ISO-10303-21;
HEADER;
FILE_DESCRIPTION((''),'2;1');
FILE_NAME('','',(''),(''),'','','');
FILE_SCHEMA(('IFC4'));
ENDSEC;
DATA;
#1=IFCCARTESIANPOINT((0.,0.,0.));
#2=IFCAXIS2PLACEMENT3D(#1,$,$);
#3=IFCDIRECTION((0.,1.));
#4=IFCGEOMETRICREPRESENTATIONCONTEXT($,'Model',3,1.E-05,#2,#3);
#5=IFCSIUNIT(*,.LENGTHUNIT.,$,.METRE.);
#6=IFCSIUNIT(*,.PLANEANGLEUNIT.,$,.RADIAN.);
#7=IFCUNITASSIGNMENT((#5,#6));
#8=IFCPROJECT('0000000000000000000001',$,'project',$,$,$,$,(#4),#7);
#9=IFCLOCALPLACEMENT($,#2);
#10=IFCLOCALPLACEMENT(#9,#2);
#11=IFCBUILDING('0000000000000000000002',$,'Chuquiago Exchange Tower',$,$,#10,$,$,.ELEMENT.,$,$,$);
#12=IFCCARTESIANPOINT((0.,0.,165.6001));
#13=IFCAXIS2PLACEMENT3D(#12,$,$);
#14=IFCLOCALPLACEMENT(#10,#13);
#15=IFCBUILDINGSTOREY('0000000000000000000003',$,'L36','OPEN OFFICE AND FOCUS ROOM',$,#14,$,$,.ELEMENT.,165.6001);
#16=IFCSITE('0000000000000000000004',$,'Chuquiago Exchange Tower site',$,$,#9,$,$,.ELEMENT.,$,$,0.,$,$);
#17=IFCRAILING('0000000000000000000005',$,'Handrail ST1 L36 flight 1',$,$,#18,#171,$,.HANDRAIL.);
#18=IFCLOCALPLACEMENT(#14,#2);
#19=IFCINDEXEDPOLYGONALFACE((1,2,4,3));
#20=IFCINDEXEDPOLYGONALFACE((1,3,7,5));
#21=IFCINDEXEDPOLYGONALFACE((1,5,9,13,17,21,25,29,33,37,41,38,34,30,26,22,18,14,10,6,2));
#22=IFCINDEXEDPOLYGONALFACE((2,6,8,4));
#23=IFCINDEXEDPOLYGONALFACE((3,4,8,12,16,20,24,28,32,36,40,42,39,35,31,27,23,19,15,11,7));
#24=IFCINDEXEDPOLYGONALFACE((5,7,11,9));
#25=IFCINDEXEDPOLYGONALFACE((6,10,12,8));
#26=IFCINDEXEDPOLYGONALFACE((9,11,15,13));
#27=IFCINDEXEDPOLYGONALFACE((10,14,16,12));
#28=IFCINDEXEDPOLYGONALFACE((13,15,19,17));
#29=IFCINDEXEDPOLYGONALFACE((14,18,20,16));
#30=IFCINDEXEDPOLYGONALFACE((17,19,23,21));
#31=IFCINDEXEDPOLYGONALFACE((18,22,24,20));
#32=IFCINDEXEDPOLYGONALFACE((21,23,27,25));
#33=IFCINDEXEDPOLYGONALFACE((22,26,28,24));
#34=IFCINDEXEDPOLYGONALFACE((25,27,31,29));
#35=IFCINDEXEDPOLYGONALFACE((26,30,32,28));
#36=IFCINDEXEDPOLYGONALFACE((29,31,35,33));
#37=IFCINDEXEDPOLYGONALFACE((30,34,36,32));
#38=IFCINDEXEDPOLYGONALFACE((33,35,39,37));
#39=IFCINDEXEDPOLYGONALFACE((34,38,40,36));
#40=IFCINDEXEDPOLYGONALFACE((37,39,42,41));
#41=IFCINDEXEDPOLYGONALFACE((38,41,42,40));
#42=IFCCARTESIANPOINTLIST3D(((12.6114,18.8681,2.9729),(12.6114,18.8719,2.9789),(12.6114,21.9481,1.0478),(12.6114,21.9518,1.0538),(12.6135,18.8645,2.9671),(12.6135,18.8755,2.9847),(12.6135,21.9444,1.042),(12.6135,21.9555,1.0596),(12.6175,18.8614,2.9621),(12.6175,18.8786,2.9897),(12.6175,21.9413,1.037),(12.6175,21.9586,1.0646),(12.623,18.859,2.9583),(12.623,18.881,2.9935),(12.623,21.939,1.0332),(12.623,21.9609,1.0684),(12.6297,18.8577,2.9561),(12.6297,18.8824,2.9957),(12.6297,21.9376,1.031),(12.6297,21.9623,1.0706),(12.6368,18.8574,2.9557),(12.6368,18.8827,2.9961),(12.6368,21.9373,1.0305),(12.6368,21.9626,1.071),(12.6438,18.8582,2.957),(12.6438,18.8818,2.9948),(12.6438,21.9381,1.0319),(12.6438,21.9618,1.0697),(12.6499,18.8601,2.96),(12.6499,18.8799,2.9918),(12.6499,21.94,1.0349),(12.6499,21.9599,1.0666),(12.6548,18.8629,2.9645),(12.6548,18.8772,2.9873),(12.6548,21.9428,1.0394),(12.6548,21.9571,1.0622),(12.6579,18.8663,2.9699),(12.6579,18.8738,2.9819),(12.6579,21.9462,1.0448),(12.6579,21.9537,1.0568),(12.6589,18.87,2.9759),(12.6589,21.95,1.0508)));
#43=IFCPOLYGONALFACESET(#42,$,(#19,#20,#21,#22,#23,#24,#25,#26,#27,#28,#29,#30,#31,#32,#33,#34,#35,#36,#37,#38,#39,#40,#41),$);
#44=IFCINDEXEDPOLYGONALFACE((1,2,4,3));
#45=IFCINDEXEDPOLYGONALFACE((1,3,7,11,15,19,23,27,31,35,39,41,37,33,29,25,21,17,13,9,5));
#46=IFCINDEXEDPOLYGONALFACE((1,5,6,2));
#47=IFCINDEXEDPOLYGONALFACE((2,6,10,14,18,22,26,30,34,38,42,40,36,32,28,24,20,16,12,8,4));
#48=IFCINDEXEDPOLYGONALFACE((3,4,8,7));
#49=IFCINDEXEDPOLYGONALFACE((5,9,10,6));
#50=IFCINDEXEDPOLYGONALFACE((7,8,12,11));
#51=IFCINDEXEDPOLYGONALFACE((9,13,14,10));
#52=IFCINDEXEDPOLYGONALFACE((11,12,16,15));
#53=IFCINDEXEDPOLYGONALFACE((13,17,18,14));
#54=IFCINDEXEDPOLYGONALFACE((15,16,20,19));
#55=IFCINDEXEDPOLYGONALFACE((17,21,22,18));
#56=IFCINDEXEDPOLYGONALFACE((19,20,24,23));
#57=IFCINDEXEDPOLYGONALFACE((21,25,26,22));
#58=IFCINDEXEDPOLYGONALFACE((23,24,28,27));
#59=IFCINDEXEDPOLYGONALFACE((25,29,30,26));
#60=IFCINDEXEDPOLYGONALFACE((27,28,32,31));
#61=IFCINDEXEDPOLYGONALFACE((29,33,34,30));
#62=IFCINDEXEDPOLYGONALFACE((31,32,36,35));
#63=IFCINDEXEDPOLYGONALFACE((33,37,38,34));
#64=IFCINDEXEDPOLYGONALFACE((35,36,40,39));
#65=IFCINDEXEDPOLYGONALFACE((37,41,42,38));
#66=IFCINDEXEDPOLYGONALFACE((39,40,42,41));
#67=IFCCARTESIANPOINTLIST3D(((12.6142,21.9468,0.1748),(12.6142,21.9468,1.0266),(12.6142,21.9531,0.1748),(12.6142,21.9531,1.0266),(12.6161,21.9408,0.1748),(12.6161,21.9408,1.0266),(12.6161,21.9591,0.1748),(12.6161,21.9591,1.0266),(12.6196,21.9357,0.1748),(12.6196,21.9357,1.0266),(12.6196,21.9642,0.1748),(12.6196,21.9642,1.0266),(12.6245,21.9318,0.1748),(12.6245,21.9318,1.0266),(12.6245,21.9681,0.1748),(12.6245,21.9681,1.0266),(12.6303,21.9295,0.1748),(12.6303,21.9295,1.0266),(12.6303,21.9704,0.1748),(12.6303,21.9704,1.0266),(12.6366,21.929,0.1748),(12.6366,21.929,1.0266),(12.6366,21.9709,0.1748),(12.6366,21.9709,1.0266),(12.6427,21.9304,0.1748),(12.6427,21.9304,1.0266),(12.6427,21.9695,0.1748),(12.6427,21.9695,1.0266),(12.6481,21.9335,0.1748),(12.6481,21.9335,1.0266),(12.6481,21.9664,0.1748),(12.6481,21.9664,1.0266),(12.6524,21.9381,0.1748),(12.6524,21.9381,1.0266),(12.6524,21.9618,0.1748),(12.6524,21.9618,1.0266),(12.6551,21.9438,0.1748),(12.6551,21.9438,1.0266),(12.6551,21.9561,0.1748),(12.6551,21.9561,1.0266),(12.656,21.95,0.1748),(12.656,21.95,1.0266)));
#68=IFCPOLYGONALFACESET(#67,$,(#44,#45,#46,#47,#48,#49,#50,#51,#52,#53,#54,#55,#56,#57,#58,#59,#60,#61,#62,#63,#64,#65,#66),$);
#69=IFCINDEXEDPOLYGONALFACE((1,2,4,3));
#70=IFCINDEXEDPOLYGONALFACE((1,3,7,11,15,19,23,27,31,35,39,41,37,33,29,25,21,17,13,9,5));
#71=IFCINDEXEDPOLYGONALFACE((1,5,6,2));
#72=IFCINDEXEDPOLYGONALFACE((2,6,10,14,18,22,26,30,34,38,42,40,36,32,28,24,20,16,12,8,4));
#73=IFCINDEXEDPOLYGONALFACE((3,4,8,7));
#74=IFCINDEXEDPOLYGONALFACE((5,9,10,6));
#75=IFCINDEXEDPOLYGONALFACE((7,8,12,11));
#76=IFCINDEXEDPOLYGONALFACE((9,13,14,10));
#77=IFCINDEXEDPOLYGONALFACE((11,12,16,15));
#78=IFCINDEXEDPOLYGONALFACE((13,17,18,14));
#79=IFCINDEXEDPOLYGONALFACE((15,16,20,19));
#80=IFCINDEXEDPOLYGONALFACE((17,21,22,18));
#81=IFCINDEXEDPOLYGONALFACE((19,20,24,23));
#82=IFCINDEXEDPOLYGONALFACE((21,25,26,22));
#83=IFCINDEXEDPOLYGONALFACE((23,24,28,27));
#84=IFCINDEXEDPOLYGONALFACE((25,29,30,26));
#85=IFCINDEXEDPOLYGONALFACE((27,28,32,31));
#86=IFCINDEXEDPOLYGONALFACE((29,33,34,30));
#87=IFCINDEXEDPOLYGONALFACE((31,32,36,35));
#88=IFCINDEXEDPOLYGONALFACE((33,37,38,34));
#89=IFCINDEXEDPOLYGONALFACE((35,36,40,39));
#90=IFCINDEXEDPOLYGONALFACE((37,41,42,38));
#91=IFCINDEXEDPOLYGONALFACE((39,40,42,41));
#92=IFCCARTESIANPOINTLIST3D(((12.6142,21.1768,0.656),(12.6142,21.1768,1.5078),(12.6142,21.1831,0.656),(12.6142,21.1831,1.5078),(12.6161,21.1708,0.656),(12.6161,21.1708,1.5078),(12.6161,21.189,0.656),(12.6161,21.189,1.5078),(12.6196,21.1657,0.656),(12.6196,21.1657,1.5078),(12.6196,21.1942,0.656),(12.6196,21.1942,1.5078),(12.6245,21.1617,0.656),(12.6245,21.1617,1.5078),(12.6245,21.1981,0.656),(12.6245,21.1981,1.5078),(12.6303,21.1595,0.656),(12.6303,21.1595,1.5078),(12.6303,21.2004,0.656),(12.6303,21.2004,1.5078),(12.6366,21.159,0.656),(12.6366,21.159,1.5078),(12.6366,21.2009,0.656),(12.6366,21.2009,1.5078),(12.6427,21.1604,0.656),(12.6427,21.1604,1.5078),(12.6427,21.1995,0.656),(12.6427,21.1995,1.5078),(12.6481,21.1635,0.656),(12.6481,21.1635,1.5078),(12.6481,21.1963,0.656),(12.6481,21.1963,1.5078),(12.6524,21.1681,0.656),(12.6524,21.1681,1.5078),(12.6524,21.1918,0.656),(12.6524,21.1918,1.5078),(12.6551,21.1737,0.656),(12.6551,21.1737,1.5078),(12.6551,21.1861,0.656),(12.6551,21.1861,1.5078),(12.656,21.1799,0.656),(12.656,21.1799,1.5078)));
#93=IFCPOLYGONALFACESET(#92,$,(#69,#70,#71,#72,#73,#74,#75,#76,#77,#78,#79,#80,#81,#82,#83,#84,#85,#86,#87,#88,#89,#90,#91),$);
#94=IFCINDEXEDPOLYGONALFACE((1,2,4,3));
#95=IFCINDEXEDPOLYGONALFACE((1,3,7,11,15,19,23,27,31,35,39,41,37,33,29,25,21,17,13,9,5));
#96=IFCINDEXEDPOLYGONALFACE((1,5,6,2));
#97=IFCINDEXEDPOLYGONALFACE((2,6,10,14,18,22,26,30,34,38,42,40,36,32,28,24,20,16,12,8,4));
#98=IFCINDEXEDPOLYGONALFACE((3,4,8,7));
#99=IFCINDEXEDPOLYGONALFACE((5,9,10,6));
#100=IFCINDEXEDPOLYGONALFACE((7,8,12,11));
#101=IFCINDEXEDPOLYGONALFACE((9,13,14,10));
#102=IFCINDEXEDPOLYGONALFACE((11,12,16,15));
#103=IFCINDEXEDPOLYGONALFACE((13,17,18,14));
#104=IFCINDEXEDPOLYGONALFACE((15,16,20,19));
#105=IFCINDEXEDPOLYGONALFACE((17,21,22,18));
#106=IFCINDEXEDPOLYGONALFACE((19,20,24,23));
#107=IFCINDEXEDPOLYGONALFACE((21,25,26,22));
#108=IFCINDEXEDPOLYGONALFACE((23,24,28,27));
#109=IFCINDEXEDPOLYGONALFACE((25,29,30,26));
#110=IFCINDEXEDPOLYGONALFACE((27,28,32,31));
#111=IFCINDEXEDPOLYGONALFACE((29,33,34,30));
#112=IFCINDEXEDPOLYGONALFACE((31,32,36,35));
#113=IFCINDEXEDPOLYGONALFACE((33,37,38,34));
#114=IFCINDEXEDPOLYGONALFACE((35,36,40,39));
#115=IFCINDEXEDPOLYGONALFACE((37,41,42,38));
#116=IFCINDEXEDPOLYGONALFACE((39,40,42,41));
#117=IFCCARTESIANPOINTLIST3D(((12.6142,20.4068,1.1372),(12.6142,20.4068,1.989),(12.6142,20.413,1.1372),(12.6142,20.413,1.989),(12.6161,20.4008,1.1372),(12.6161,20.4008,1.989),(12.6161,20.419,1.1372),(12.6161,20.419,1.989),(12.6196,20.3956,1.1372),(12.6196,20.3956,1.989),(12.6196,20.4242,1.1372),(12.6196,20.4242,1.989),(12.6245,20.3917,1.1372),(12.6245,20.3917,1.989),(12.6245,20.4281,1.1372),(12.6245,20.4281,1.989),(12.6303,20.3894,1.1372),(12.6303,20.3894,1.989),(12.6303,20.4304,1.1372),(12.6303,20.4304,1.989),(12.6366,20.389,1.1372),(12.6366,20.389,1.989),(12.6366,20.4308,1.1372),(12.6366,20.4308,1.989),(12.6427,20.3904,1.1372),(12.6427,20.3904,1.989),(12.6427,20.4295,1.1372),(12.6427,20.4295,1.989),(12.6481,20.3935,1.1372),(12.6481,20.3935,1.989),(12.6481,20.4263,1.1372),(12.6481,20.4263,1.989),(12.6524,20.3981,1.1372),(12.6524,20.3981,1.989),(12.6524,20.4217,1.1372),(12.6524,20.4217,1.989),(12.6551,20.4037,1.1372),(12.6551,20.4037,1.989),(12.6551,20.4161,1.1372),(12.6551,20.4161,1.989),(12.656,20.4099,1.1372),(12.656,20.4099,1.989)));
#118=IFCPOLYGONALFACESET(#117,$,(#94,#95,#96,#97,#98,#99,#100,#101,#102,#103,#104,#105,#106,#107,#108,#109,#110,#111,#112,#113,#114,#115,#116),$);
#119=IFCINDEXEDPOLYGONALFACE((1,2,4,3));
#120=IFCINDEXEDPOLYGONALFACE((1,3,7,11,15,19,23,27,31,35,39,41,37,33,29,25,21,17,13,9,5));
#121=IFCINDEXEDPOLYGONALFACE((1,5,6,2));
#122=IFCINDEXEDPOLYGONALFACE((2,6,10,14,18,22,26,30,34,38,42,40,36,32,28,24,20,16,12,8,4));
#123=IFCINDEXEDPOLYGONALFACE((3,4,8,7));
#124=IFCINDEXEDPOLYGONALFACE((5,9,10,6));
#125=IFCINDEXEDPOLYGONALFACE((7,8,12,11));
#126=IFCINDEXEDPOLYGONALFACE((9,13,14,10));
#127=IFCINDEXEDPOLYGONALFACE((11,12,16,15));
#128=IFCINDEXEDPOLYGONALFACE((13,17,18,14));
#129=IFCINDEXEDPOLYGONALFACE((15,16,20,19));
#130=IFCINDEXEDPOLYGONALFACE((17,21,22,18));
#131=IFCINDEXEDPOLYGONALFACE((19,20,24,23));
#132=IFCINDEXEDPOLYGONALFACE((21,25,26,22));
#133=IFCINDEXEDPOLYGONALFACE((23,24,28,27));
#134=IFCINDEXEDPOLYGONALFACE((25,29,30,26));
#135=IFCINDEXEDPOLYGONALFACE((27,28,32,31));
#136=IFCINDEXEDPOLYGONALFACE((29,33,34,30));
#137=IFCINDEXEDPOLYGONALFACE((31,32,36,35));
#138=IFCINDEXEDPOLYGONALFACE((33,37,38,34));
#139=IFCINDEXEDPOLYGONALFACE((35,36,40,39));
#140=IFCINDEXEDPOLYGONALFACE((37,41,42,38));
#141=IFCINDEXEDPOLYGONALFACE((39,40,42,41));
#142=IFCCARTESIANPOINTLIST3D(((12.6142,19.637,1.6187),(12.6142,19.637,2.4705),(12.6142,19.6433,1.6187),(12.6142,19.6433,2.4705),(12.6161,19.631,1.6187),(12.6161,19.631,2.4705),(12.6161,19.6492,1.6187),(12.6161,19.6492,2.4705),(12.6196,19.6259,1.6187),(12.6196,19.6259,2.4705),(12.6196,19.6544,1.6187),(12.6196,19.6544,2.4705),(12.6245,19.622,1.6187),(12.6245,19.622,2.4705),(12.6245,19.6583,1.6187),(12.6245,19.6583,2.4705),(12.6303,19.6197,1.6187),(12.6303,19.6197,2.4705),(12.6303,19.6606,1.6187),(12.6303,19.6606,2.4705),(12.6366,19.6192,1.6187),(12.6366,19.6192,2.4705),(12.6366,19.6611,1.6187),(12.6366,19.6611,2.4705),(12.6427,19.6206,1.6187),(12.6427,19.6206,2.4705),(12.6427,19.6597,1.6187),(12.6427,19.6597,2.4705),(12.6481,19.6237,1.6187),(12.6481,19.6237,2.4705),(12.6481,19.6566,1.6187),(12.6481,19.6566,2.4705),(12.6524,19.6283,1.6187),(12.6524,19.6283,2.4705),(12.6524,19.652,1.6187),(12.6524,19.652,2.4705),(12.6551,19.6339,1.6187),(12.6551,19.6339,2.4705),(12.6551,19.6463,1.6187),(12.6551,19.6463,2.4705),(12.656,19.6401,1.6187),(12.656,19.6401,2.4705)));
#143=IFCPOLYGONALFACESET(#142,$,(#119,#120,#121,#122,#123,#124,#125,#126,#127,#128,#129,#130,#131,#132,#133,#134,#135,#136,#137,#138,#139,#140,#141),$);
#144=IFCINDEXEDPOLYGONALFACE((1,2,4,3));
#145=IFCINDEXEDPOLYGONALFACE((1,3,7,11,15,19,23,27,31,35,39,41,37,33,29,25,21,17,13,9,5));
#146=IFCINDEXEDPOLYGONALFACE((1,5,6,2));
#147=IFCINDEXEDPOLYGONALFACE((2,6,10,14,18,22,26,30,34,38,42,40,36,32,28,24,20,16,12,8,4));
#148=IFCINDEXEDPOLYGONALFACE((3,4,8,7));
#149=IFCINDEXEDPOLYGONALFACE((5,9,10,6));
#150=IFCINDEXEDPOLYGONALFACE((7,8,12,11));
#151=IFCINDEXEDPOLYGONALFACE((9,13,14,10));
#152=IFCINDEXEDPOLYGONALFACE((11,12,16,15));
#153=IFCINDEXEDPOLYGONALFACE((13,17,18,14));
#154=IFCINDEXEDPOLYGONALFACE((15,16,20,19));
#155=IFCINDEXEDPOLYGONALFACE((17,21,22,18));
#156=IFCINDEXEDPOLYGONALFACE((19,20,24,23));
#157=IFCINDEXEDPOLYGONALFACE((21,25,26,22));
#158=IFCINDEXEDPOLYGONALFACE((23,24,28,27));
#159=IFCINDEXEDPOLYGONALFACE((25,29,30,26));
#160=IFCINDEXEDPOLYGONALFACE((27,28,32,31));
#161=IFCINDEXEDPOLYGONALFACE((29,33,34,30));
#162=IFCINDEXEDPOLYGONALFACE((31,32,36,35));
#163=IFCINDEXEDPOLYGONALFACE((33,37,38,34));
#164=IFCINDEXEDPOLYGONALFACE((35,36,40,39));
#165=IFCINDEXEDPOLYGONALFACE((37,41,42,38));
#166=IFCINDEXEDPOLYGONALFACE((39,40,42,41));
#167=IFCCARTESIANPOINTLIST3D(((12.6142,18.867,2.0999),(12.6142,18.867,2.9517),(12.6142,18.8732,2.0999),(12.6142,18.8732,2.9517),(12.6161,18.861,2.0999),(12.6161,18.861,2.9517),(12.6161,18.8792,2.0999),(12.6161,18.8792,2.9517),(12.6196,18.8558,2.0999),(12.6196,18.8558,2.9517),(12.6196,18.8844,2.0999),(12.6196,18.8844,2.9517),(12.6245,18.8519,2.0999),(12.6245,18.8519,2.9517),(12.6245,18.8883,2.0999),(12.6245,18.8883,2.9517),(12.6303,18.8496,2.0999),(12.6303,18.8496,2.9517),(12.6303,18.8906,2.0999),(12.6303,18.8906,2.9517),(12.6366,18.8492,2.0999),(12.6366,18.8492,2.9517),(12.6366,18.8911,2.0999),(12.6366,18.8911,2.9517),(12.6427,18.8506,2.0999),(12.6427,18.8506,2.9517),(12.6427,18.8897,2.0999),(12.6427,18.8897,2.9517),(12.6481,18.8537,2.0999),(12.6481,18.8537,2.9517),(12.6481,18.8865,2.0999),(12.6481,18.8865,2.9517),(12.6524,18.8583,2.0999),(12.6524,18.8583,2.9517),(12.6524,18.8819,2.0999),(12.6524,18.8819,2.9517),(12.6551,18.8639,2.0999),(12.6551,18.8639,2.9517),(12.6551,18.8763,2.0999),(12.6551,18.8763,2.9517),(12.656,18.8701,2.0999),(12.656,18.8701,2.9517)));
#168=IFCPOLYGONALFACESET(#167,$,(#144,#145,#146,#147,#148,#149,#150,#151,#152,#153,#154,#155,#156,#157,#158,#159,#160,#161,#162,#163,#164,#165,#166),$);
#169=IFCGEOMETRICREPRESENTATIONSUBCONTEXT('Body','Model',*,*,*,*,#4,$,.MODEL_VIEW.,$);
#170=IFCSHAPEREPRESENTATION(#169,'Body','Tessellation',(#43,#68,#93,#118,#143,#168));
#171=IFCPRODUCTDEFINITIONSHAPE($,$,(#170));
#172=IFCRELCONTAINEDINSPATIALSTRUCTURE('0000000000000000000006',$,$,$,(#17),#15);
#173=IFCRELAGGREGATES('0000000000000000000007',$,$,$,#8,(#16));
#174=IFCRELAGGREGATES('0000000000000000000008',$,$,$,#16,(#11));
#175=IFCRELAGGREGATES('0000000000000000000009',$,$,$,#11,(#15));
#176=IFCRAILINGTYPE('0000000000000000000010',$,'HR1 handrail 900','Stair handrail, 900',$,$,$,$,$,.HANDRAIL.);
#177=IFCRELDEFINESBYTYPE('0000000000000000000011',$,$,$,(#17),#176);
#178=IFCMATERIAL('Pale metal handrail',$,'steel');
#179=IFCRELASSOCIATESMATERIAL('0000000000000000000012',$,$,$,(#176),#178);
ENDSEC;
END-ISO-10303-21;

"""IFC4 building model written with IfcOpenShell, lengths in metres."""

from ifc_helpers import new_model, si_unit, direction, frame, origin, origin_2d, place, context, subcontext, project, spatial, circle, extrude, material, type_object, element, save


model = new_model("IFC4")

# Units and contexts
model_context = context("Model", 3, precision=1e-05, world=origin(), true_north=direction((0.0, 1.0)))
body_context = subcontext(model_context, "Body", "Model", "MODEL_VIEW")
ifc_project = project(units=[si_unit("LENGTHUNIT", "METRE"), si_unit("PLANEANGLEUNIT", "RADIAN")], contexts=[model_context])

# Site, building, storey
site_placement = place(None, origin())
site = spatial("IfcSite", under=ifc_project, at=site_placement, Name="Chuquiago Exchange Tower site", CompositionType="ELEMENT", RefElevation=0.0)
building_placement = place(site_placement, origin())
building = spatial("IfcBuilding", under=site, at=building_placement, Name="Chuquiago Exchange Tower", CompositionType="ELEMENT")
storey_placement = place(building_placement, frame((0.0, 0.0, 165.6001)))
storey = spatial("IfcBuildingStorey", under=building, at=storey_placement, Name="L36", Description="OPEN OFFICE AND FOCUS ROOM", CompositionType="ELEMENT", Elevation=165.6001)

# Railing
ifc_material_1 = material(Name="Pale metal handrail", Category="steel")
railing_type = type_object("IfcRailingType", Name="HR1 handrail 900", Description="Stair handrail, 900", PredefinedType="HANDRAIL", material=ifc_material_1)
for number, where, name in (
    (1, (12.635, 21.95, 0.1748), "Handrail ST1 L36 flight 1"),
):
    element("IfcRailing", number, at=place(storey_placement, frame(where)), inside=storey, type_object=railing_type, Name=name, PredefinedType="HANDRAIL", context=body_context, shape_type="SweptSolid", body=[
        extrude(circle(Radius=0.0239, at=origin_2d()), frame((0.0, 0.0, 0.876), z_axis=(0.0, -0.847979, 0.530029), x_axis=(1.0, 0.0, 0.0)), (0.0, 0.0, 1.0), 3.6321),
        extrude(circle(Radius=0.021, at=origin_2d()), origin(), (0.0, 0.0, 1.0), 0.8518),
        extrude(circle(Radius=0.021, at=origin_2d()), frame((0.0, -0.77, 0.4812)), (0.0, 0.0, 1.0), 0.8518),
        extrude(circle(Radius=0.021, at=origin_2d()), frame((0.0, -1.54, 0.9624)), (0.0, 0.0, 1.0), 0.8518),
        extrude(circle(Radius=0.021, at=origin_2d()), frame((0.0, -2.3098, 1.4438)), (0.0, 0.0, 1.0), 0.8518),
        extrude(circle(Radius=0.021, at=origin_2d()), frame((0.0, -3.0798, 1.925)), (0.0, 0.0, 1.0), 0.8518),
    ])

save(model, "model.ifc")
